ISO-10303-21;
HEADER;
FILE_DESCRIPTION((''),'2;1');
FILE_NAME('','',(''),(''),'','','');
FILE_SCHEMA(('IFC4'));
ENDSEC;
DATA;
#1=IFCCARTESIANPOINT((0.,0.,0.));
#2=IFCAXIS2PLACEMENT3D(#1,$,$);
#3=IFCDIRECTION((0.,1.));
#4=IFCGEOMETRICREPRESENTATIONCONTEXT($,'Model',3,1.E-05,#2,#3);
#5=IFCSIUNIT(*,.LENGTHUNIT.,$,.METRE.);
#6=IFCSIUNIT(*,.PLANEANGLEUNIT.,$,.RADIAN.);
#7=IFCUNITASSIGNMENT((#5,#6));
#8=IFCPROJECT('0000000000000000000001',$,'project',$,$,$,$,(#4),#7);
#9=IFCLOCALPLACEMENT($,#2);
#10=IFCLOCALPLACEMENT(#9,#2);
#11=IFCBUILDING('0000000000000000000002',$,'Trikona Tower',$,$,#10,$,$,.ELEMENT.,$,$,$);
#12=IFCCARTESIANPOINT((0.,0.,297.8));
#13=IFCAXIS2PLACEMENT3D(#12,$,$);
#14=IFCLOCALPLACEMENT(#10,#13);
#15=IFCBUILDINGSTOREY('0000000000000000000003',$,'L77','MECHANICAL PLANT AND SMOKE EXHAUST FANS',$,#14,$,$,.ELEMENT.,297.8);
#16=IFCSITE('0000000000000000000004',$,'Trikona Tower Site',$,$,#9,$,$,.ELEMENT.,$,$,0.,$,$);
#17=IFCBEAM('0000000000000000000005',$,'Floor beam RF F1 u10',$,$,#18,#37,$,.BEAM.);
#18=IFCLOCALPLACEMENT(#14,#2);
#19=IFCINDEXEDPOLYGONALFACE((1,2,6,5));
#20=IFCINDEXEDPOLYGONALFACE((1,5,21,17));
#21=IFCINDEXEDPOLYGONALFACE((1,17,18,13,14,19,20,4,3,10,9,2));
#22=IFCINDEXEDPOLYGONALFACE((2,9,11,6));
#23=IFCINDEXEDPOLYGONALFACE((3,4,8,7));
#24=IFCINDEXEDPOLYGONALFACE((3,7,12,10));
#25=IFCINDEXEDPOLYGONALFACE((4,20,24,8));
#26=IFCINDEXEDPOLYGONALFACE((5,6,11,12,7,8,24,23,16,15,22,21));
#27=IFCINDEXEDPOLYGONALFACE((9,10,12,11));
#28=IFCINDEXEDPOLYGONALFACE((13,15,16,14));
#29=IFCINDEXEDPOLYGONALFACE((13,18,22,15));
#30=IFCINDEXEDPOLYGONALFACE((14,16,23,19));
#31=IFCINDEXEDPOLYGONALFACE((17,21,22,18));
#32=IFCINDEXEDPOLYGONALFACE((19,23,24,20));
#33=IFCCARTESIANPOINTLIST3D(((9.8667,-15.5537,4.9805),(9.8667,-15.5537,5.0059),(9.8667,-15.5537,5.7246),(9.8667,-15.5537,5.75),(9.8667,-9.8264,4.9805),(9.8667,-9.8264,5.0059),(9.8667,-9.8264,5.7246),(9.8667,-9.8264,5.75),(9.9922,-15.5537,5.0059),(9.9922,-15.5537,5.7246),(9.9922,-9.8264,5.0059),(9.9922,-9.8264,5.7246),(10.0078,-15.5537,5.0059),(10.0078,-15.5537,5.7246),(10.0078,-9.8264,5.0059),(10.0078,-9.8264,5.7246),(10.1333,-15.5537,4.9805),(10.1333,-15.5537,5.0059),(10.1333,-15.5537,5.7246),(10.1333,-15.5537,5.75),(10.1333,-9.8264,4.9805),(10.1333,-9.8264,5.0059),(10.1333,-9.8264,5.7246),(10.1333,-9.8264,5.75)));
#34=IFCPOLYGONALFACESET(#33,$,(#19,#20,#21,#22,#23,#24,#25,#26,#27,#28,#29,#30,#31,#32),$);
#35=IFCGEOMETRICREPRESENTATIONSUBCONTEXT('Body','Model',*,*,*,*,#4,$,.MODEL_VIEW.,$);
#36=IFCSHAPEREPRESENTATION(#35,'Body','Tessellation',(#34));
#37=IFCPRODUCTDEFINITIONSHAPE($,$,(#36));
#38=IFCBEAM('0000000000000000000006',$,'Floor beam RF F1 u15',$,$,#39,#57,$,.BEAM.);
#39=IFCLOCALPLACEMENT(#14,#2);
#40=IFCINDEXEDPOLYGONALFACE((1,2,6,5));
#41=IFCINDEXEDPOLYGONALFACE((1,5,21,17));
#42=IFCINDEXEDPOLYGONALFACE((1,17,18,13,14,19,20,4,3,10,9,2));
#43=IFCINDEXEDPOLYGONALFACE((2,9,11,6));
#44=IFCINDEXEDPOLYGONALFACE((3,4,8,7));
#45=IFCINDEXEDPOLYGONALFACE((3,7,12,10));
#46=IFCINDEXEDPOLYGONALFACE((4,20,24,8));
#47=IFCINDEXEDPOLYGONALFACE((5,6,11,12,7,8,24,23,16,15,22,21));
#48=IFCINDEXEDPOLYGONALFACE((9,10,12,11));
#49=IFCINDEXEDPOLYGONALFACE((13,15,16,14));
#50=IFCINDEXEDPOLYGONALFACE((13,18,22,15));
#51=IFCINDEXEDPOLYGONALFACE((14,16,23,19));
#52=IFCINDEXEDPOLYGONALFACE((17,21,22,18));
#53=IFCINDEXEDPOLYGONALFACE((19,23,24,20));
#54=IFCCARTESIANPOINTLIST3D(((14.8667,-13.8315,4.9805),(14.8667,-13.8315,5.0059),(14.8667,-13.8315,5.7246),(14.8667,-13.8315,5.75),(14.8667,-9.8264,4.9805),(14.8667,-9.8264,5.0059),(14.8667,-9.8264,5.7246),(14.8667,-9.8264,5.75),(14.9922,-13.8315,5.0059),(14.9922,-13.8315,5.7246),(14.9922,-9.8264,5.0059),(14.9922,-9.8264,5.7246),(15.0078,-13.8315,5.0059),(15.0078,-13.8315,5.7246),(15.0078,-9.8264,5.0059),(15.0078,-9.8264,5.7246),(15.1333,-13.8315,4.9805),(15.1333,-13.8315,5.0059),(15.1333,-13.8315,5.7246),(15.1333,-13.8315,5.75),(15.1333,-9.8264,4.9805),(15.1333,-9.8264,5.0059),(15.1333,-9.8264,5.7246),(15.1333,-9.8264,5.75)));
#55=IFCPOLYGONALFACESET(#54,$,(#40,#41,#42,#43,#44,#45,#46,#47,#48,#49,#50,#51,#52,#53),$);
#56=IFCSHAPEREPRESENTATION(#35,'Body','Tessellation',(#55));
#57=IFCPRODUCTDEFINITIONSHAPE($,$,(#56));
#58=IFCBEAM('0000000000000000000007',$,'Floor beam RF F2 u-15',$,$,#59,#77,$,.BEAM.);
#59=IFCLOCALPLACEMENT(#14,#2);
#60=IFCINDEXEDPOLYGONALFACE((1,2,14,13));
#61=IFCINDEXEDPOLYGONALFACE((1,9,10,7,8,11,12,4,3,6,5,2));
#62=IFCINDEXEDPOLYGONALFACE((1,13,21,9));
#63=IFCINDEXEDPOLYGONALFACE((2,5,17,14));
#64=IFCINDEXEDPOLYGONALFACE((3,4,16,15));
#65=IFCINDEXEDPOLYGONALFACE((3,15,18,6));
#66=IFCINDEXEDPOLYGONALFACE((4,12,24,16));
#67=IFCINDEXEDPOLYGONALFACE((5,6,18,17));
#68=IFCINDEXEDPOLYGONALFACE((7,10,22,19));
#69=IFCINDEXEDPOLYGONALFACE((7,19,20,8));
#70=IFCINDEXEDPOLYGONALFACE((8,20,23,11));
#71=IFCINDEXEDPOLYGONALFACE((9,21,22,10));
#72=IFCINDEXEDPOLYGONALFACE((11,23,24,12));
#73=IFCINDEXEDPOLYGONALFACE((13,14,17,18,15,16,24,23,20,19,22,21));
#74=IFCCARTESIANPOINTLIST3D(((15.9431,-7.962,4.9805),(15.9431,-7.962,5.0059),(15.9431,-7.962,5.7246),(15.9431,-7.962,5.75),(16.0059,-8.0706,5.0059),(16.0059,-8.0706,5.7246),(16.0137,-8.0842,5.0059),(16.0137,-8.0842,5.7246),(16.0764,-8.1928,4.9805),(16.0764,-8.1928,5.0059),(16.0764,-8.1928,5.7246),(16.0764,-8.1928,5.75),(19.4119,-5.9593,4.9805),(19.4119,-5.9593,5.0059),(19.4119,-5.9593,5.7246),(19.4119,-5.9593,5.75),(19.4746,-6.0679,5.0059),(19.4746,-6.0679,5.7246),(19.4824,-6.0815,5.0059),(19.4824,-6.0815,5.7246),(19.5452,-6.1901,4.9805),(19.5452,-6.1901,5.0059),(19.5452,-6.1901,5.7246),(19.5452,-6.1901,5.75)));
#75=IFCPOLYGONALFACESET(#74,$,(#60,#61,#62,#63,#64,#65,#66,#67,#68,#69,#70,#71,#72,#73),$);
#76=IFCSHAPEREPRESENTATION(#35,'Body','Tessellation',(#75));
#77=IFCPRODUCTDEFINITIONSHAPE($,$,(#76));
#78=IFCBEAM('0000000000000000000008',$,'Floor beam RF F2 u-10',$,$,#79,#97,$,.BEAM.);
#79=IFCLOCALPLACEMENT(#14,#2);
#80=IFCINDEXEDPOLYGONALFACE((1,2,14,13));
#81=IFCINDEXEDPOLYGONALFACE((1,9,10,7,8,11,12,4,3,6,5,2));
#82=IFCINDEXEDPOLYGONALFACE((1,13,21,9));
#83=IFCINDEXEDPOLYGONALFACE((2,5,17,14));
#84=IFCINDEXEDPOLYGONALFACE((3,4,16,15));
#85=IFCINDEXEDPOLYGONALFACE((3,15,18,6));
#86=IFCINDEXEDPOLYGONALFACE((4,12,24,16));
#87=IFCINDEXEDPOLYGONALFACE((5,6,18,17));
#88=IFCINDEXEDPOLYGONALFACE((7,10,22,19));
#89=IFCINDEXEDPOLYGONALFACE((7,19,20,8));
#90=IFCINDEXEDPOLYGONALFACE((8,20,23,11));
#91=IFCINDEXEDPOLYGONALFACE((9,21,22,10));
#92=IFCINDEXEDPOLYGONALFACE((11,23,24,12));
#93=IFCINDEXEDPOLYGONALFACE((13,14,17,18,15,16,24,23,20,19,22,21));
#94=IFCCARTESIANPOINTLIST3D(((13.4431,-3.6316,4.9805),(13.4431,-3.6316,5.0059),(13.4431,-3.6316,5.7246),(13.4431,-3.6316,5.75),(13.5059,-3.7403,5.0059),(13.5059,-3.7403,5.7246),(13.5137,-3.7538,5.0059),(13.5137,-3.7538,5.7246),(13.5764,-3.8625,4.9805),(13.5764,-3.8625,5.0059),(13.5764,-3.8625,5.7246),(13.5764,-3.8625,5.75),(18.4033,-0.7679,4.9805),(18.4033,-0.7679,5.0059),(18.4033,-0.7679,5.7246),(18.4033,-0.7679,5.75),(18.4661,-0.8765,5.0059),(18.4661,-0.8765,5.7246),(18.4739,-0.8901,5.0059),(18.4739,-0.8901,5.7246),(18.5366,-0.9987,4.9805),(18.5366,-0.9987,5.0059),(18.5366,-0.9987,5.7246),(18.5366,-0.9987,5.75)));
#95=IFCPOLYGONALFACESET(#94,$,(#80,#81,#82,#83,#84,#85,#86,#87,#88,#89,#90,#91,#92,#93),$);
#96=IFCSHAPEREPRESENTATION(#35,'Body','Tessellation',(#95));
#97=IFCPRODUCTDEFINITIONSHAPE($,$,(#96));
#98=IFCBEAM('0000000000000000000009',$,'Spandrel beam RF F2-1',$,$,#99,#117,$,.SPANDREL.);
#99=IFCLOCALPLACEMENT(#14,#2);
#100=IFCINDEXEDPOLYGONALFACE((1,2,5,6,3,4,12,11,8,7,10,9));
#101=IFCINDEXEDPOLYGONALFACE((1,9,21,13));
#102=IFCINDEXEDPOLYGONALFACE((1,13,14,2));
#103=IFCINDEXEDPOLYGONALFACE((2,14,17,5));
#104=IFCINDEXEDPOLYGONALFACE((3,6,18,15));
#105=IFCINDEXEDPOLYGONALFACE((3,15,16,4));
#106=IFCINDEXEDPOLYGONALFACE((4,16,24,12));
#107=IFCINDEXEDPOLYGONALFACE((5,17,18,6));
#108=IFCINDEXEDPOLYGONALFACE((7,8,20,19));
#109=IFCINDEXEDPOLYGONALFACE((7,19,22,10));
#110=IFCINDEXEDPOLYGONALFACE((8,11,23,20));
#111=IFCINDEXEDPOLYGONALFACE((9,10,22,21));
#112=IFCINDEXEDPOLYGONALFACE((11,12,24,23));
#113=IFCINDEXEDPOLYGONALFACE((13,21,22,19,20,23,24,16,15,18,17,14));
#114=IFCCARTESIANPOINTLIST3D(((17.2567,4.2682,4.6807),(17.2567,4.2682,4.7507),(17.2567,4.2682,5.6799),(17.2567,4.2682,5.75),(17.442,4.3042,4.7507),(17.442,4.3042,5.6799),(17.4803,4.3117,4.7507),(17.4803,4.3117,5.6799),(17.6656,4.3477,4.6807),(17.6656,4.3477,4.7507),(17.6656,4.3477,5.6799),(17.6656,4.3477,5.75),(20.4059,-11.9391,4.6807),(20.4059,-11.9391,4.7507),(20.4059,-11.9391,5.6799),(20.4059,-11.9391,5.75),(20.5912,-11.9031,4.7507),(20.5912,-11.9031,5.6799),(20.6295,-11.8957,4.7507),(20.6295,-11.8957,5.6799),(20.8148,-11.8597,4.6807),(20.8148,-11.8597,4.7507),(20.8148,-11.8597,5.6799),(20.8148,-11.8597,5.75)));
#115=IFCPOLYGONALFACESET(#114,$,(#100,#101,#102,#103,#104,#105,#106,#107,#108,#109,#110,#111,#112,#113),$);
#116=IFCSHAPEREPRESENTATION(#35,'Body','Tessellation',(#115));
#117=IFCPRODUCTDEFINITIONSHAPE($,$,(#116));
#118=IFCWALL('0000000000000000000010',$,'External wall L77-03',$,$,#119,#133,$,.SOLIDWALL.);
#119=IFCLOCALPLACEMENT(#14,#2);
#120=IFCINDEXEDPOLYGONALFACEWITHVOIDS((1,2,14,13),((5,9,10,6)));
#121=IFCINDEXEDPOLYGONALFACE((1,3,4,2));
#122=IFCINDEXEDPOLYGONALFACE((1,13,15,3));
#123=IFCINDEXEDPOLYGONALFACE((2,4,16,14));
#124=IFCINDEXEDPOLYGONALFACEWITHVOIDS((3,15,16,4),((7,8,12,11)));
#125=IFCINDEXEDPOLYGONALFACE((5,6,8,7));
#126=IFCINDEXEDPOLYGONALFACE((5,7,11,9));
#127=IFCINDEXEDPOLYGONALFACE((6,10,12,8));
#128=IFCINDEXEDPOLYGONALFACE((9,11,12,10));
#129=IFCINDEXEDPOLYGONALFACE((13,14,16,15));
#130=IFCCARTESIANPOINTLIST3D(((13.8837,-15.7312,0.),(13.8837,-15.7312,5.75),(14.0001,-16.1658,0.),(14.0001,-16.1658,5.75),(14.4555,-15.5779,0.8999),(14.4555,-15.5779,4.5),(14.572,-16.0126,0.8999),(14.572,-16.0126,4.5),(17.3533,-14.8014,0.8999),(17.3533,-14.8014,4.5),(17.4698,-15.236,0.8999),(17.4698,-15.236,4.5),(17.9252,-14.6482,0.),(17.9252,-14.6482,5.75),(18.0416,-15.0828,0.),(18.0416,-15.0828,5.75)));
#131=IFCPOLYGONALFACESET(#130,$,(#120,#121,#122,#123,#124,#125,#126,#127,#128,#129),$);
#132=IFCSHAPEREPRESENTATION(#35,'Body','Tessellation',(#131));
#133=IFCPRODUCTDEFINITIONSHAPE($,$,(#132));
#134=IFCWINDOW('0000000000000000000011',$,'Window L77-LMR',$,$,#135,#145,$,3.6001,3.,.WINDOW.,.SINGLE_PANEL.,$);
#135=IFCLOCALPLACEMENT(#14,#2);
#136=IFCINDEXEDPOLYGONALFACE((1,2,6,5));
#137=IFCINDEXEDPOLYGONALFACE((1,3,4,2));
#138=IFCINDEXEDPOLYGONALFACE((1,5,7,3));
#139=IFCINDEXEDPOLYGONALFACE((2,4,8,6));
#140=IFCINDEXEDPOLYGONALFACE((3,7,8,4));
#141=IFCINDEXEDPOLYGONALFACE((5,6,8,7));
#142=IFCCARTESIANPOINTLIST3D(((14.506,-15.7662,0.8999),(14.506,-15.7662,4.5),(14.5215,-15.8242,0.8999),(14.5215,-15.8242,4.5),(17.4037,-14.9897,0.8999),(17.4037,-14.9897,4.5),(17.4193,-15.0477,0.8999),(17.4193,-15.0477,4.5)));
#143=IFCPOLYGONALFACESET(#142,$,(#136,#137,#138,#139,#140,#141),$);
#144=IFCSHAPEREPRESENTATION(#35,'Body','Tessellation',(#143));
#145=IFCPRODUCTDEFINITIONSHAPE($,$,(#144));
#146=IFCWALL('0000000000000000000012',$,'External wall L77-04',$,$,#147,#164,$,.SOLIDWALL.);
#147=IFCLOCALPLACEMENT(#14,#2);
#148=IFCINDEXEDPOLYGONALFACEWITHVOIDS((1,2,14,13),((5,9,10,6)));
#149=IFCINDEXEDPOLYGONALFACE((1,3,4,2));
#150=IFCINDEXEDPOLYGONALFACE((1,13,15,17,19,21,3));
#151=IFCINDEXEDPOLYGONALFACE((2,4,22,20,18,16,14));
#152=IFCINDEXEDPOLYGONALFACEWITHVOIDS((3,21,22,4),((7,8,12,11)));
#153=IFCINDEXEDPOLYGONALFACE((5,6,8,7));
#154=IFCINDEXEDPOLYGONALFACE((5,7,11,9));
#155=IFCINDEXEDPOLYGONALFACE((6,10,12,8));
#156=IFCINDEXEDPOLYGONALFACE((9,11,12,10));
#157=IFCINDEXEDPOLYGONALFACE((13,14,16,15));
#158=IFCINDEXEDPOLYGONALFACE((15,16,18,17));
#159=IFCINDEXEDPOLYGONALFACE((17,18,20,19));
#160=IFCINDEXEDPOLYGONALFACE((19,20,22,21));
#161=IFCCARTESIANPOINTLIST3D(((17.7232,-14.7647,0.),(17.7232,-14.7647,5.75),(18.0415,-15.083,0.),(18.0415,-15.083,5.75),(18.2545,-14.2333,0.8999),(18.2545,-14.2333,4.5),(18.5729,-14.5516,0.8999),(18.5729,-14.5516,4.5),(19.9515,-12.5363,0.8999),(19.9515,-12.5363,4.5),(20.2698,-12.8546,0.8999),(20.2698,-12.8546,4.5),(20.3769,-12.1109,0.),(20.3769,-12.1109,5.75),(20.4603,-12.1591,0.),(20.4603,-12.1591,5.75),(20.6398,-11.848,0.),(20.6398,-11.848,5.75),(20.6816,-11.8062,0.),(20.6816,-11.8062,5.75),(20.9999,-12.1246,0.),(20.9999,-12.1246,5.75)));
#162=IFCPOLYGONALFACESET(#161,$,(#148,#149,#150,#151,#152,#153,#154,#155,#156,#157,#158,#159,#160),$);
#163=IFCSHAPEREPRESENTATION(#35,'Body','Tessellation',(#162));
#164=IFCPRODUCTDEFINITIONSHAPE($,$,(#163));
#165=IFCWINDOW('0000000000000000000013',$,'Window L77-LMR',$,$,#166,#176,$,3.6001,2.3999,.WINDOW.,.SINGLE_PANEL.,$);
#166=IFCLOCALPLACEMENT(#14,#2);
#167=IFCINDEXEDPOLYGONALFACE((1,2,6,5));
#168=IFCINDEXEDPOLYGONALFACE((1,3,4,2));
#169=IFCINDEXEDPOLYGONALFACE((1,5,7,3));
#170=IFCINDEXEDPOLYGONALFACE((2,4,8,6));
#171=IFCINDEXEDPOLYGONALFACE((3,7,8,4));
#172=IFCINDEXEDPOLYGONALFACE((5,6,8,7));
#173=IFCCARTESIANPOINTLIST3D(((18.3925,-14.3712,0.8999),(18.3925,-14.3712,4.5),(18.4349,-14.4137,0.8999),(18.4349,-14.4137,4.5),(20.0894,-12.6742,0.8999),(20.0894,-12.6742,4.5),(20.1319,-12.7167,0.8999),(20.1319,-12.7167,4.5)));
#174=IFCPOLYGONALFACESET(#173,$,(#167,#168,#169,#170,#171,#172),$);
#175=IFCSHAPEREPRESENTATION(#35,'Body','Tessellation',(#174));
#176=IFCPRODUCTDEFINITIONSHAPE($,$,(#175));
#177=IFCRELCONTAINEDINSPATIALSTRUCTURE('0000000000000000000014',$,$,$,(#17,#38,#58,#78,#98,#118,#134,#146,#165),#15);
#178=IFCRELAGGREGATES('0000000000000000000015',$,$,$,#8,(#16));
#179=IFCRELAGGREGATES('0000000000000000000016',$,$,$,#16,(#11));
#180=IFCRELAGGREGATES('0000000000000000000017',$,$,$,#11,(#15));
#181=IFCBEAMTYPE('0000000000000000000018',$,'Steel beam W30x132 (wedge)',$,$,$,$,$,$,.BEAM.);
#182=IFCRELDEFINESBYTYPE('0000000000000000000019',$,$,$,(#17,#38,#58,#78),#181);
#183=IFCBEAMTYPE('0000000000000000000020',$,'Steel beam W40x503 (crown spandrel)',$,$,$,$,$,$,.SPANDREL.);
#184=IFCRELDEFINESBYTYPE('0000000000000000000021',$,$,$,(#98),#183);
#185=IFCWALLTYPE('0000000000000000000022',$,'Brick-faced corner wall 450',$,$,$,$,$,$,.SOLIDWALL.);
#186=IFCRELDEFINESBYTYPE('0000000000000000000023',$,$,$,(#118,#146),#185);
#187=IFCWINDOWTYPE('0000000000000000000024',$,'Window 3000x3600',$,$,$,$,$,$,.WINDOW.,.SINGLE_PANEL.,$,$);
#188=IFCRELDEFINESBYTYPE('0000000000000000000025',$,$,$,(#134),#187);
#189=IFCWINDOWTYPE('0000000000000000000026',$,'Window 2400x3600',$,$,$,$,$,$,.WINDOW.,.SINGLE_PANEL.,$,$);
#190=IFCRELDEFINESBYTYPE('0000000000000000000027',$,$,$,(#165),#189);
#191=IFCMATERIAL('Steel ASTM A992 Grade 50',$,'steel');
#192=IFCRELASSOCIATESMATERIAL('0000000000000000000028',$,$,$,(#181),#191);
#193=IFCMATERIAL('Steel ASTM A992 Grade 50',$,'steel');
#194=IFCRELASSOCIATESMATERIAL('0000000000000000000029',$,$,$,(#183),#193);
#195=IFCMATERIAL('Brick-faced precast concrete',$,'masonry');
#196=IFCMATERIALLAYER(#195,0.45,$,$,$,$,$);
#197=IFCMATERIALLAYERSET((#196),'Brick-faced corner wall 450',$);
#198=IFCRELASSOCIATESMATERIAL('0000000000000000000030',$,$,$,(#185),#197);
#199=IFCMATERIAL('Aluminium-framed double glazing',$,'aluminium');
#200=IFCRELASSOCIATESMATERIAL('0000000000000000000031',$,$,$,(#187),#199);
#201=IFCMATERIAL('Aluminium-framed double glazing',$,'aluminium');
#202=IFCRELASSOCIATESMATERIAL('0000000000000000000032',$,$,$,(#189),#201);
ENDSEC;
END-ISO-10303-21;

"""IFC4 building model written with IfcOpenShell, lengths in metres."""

from ifc_helpers import new_model, si_unit, direction, frame, frame_2d, origin, origin_2d, place, context, subcontext, project, spatial, polyline, rectangle, i_section, outline, extrude, material, layer, layer_set, material_profile, profile_set, type_object, element, fill, save


model = new_model("IFC4")

# Units and contexts
model_context = context("Model", 3, precision=1e-05, world=origin(), true_north=direction((0.0, 1.0)))
body_context = subcontext(model_context, "Body", "Model", "MODEL_VIEW")
ifc_project = project(units=[si_unit("LENGTHUNIT", "METRE"), si_unit("PLANEANGLEUNIT", "RADIAN")], contexts=[model_context])

# Site, building, storey
site_placement = place(None, origin())
site = spatial("IfcSite", under=ifc_project, at=site_placement, Name="Trikona Tower Site", CompositionType="ELEMENT", RefElevation=0.0)
building_placement = place(site_placement, origin())
building = spatial("IfcBuilding", under=site, at=building_placement, Name="Trikona Tower", CompositionType="ELEMENT")
storey_placement = place(building_placement, frame((0.0, 0.0, 297.8)))
storey = spatial("IfcBuildingStorey", under=building, at=storey_placement, Name="L77", Description="MECHANICAL PLANT AND SMOKE EXHAUST FANS", CompositionType="ELEMENT", Elevation=297.8)

# Beams
ifc_material_1 = material(Name="Steel ASTM A992 Grade 50", Category="steel")
ifc_material_profile_1 = material_profile(ifc_material_1, i_section(OverallWidth=0.2666, OverallDepth=0.7695, WebThickness=0.0156, FlangeThickness=0.0254, at=origin_2d()), Name="W30X132")
ifc_profile_set_1 = profile_set([ifc_material_profile_1], Name="Steel ASTM A992 Grade 50")
beam_type_1 = type_object("IfcBeamType", Name="Steel beam W30x132 (wedge)", PredefinedType="BEAM", material=ifc_profile_set_1)
beam_1_placement = place(storey_placement, frame((10.0, -9.8264, 5.3652), z_axis=(0.0, -1.0, 0.0), x_axis=(1.0, 0.0, 0.0)))
element("IfcBeam", 1, at=beam_1_placement, inside=storey, type_object=beam_type_1, Name="Floor beam RF F1 u10", PredefinedType="BEAM", context=body_context, shape_type="SweptSolid", body=[
    extrude(i_section(OverallWidth=0.2666, OverallDepth=0.7695, WebThickness=0.0156, FlangeThickness=0.0254, at=origin_2d()), origin(), (0.0, 0.0, 1.0), 5.7273),
])
beam_2_placement = place(storey_placement, frame((15.0, -9.8264, 5.3652), z_axis=(0.0, -1.0, 0.0), x_axis=(1.0, 0.0, 0.0)))
element("IfcBeam", 2, at=beam_2_placement, inside=storey, type_object=beam_type_1, Name="Floor beam RF F1 u15", PredefinedType="BEAM", context=body_context, shape_type="SweptSolid", body=[
    extrude(i_section(OverallWidth=0.2666, OverallDepth=0.7695, WebThickness=0.0156, FlangeThickness=0.0254, at=origin_2d()), origin(), (0.0, 0.0, 1.0), 4.0051),
])
beam_3_placement = place(storey_placement, frame((16.0098, -8.0774, 5.3652), z_axis=(0.866025, 0.5, 0.0), x_axis=(-0.5, 0.866025, 0.0)))
element("IfcBeam", 3, at=beam_3_placement, inside=storey, type_object=beam_type_1, Name="Floor beam RF F2 u-15", PredefinedType="BEAM", context=body_context, shape_type="SweptSolid", body=[
    extrude(i_section(OverallWidth=0.2666, OverallDepth=0.7695, WebThickness=0.0156, FlangeThickness=0.0254, at=origin_2d()), origin(), (0.0, 0.0, 1.0), 4.0054),
])
beam_4_placement = place(storey_placement, frame((13.5098, -3.7471, 5.3652), z_axis=(0.866026, 0.499999, 0.0), x_axis=(-0.499999, 0.866026, 0.0)))
element("IfcBeam", 4, at=beam_4_placement, inside=storey, type_object=beam_type_1, Name="Floor beam RF F2 u-10", PredefinedType="BEAM", context=body_context, shape_type="SweptSolid", body=[
    extrude(i_section(OverallWidth=0.2666, OverallDepth=0.7695, WebThickness=0.0156, FlangeThickness=0.0254, at=origin_2d()), origin(), (0.0, 0.0, 1.0), 5.7275),
])
ifc_material_2 = material(Name="Steel ASTM A992 Grade 50", Category="steel")
ifc_material_profile_2 = material_profile(ifc_material_2, i_section(OverallWidth=0.4165, OverallDepth=1.0693, WebThickness=0.0391, FlangeThickness=0.0701, at=origin_2d()), Name="W40X503")
ifc_profile_set_2 = profile_set([ifc_material_profile_2], Name="Steel ASTM A992 Grade 50")
beam_type_2 = type_object("IfcBeamType", Name="Steel beam W40x503 (crown spandrel)", PredefinedType="SPANDREL", material=ifc_profile_set_2)
beam_5_placement = place(storey_placement, frame((20.6104, -11.8994, 5.2153), z_axis=(-0.190739, 0.981641, 0.0), x_axis=(-0.981641, -0.190739, 0.0)))
element("IfcBeam", 5, at=beam_5_placement, inside=storey, type_object=beam_type_2, Name="Spandrel beam RF F2-1", PredefinedType="SPANDREL", context=body_context, shape_type="SweptSolid", body=[
    extrude(i_section(OverallWidth=0.4165, OverallDepth=1.0693, WebThickness=0.0391, FlangeThickness=0.0701, at=origin_2d()), origin(), (0.0, 0.0, 1.0), 16.5105),
])

# Walls, openings, windows
ifc_material_3 = material(Name="Brick-faced precast concrete", Category="masonry")
ifc_layer_1 = layer(ifc_material_3, 0.45)
ifc_layer_set_1 = layer_set([ifc_layer_1], Name="Brick-faced corner wall 450")
wall_type_1 = type_object("IfcWallType", Name="Brick-faced corner wall 450", PredefinedType="SOLIDWALL", material=ifc_layer_set_1)
wall_1_placement = place(storey_placement, frame((13.9419, -15.9485, 0.0), z_axis=(0.0, 0.0, 1.0), x_axis=(0.96592, 0.258839, 0.0)))
wall_1 = element("IfcWall", 6, at=wall_1_placement, inside=storey, type_object=wall_type_1, Name="External wall L77-03", PredefinedType="SOLIDWALL", context=body_context, shape_type="SweptSolid", body=[
    extrude(rectangle(XDim=4.1841, YDim=0.45, at=frame_2d((2.092, 0.0))), origin(), (0.0, 0.0, 1.0), 5.75),
])
opening_1_placement = place(wall_1_placement, frame((0.592, 0.0, 0.8999)))
opening_1 = element("IfcOpeningElement", 7, at=opening_1_placement, cuts=wall_1, PredefinedType="OPENING", context=body_context, shape_type="SweptSolid", body=[
    extrude(rectangle(XDim=3.0, YDim=3.6001, at=frame_2d((1.5, 1.8))), frame((0.0, 0.2349, 0.0), z_axis=(0.0, -1.0, 0.0), x_axis=(1.0, 0.0, 0.0)), (0.0, 0.0, 1.0), 0.47),
])
ifc_material_4 = material(Name="Aluminium-framed double glazing", Category="aluminium")
window_type_1 = type_object("IfcWindowType", Name="Window 3000x3600", PartitioningType="SINGLE_PANEL", PredefinedType="WINDOW", material=ifc_material_4)
window_1_placement = place(opening_1_placement, origin())
window_1 = element("IfcWindow", 8, at=window_1_placement, inside=storey, type_object=window_type_1, Name="Window L77-LMR", OverallHeight=3.6001, OverallWidth=3.0, PartitioningType="SINGLE_PANEL", PredefinedType="WINDOW", context=body_context, shape_type="SweptSolid", body=[
    extrude(rectangle(XDim=3.0, YDim=3.6001, at=frame_2d((1.5, 1.8))), frame((0.0, 0.03, 0.0), z_axis=(0.0, -1.0, 0.0), x_axis=(1.0, 0.0, 0.0)), (0.0, 0.0, 1.0), 0.0601),
])
fill(opening_1, window_1)
wall_2_placement = place(storey_placement, frame((17.8823, -14.9238, 0.0), z_axis=(0.0, 0.0, 1.0), x_axis=(0.707107, 0.707107, 0.0)))
wall_2 = element("IfcWall", 9, at=wall_2_placement, inside=storey, type_object=wall_type_1, Name="External wall L77-04", PredefinedType="SOLIDWALL", context=body_context, shape_type="SweptSolid", body=[
    extrude(outline(polyline([(4.1838, 0.2251), (4.1248, 0.2251), (3.7778, 0.1321), (3.7529, 0.2251), (0.0, 0.2251), (0.0, -0.2251), (4.1838, -0.2251), (4.1838, 0.2251)])), origin(), (0.0, 0.0, 1.0), 5.75),
])
opening_2_placement = place(wall_2_placement, frame((0.7515, 0.0, 0.8999)))
opening_2 = element("IfcOpeningElement", 10, at=opening_2_placement, cuts=wall_2, PredefinedType="OPENING", context=body_context, shape_type="SweptSolid", body=[
    extrude(rectangle(XDim=2.3999, YDim=3.6001, at=frame_2d((1.2, 1.8))), frame((0.0, 0.2349, 0.0), z_axis=(0.0, -1.0, 0.0), x_axis=(1.0, 0.0, 0.0)), (0.0, 0.0, 1.0), 0.47),
])
ifc_material_5 = material(Name="Aluminium-framed double glazing", Category="aluminium")
window_type_2 = type_object("IfcWindowType", Name="Window 2400x3600", PartitioningType="SINGLE_PANEL", PredefinedType="WINDOW", material=ifc_material_5)
window_2_placement = place(opening_2_placement, origin())
window_2 = element("IfcWindow", 11, at=window_2_placement, inside=storey, type_object=window_type_2, Name="Window L77-LMR", OverallHeight=3.6001, OverallWidth=2.3999, PartitioningType="SINGLE_PANEL", PredefinedType="WINDOW", context=body_context, shape_type="SweptSolid", body=[
    extrude(rectangle(XDim=2.3999, YDim=3.6001, at=frame_2d((1.2, 1.8))), frame((0.0, 0.03, 0.0), z_axis=(0.0, -1.0, 0.0), x_axis=(1.0, 0.0, 0.0)), (0.0, 0.0, 1.0), 0.0601),
])
fill(opening_2, window_2)

save(model, "model.ifc")
